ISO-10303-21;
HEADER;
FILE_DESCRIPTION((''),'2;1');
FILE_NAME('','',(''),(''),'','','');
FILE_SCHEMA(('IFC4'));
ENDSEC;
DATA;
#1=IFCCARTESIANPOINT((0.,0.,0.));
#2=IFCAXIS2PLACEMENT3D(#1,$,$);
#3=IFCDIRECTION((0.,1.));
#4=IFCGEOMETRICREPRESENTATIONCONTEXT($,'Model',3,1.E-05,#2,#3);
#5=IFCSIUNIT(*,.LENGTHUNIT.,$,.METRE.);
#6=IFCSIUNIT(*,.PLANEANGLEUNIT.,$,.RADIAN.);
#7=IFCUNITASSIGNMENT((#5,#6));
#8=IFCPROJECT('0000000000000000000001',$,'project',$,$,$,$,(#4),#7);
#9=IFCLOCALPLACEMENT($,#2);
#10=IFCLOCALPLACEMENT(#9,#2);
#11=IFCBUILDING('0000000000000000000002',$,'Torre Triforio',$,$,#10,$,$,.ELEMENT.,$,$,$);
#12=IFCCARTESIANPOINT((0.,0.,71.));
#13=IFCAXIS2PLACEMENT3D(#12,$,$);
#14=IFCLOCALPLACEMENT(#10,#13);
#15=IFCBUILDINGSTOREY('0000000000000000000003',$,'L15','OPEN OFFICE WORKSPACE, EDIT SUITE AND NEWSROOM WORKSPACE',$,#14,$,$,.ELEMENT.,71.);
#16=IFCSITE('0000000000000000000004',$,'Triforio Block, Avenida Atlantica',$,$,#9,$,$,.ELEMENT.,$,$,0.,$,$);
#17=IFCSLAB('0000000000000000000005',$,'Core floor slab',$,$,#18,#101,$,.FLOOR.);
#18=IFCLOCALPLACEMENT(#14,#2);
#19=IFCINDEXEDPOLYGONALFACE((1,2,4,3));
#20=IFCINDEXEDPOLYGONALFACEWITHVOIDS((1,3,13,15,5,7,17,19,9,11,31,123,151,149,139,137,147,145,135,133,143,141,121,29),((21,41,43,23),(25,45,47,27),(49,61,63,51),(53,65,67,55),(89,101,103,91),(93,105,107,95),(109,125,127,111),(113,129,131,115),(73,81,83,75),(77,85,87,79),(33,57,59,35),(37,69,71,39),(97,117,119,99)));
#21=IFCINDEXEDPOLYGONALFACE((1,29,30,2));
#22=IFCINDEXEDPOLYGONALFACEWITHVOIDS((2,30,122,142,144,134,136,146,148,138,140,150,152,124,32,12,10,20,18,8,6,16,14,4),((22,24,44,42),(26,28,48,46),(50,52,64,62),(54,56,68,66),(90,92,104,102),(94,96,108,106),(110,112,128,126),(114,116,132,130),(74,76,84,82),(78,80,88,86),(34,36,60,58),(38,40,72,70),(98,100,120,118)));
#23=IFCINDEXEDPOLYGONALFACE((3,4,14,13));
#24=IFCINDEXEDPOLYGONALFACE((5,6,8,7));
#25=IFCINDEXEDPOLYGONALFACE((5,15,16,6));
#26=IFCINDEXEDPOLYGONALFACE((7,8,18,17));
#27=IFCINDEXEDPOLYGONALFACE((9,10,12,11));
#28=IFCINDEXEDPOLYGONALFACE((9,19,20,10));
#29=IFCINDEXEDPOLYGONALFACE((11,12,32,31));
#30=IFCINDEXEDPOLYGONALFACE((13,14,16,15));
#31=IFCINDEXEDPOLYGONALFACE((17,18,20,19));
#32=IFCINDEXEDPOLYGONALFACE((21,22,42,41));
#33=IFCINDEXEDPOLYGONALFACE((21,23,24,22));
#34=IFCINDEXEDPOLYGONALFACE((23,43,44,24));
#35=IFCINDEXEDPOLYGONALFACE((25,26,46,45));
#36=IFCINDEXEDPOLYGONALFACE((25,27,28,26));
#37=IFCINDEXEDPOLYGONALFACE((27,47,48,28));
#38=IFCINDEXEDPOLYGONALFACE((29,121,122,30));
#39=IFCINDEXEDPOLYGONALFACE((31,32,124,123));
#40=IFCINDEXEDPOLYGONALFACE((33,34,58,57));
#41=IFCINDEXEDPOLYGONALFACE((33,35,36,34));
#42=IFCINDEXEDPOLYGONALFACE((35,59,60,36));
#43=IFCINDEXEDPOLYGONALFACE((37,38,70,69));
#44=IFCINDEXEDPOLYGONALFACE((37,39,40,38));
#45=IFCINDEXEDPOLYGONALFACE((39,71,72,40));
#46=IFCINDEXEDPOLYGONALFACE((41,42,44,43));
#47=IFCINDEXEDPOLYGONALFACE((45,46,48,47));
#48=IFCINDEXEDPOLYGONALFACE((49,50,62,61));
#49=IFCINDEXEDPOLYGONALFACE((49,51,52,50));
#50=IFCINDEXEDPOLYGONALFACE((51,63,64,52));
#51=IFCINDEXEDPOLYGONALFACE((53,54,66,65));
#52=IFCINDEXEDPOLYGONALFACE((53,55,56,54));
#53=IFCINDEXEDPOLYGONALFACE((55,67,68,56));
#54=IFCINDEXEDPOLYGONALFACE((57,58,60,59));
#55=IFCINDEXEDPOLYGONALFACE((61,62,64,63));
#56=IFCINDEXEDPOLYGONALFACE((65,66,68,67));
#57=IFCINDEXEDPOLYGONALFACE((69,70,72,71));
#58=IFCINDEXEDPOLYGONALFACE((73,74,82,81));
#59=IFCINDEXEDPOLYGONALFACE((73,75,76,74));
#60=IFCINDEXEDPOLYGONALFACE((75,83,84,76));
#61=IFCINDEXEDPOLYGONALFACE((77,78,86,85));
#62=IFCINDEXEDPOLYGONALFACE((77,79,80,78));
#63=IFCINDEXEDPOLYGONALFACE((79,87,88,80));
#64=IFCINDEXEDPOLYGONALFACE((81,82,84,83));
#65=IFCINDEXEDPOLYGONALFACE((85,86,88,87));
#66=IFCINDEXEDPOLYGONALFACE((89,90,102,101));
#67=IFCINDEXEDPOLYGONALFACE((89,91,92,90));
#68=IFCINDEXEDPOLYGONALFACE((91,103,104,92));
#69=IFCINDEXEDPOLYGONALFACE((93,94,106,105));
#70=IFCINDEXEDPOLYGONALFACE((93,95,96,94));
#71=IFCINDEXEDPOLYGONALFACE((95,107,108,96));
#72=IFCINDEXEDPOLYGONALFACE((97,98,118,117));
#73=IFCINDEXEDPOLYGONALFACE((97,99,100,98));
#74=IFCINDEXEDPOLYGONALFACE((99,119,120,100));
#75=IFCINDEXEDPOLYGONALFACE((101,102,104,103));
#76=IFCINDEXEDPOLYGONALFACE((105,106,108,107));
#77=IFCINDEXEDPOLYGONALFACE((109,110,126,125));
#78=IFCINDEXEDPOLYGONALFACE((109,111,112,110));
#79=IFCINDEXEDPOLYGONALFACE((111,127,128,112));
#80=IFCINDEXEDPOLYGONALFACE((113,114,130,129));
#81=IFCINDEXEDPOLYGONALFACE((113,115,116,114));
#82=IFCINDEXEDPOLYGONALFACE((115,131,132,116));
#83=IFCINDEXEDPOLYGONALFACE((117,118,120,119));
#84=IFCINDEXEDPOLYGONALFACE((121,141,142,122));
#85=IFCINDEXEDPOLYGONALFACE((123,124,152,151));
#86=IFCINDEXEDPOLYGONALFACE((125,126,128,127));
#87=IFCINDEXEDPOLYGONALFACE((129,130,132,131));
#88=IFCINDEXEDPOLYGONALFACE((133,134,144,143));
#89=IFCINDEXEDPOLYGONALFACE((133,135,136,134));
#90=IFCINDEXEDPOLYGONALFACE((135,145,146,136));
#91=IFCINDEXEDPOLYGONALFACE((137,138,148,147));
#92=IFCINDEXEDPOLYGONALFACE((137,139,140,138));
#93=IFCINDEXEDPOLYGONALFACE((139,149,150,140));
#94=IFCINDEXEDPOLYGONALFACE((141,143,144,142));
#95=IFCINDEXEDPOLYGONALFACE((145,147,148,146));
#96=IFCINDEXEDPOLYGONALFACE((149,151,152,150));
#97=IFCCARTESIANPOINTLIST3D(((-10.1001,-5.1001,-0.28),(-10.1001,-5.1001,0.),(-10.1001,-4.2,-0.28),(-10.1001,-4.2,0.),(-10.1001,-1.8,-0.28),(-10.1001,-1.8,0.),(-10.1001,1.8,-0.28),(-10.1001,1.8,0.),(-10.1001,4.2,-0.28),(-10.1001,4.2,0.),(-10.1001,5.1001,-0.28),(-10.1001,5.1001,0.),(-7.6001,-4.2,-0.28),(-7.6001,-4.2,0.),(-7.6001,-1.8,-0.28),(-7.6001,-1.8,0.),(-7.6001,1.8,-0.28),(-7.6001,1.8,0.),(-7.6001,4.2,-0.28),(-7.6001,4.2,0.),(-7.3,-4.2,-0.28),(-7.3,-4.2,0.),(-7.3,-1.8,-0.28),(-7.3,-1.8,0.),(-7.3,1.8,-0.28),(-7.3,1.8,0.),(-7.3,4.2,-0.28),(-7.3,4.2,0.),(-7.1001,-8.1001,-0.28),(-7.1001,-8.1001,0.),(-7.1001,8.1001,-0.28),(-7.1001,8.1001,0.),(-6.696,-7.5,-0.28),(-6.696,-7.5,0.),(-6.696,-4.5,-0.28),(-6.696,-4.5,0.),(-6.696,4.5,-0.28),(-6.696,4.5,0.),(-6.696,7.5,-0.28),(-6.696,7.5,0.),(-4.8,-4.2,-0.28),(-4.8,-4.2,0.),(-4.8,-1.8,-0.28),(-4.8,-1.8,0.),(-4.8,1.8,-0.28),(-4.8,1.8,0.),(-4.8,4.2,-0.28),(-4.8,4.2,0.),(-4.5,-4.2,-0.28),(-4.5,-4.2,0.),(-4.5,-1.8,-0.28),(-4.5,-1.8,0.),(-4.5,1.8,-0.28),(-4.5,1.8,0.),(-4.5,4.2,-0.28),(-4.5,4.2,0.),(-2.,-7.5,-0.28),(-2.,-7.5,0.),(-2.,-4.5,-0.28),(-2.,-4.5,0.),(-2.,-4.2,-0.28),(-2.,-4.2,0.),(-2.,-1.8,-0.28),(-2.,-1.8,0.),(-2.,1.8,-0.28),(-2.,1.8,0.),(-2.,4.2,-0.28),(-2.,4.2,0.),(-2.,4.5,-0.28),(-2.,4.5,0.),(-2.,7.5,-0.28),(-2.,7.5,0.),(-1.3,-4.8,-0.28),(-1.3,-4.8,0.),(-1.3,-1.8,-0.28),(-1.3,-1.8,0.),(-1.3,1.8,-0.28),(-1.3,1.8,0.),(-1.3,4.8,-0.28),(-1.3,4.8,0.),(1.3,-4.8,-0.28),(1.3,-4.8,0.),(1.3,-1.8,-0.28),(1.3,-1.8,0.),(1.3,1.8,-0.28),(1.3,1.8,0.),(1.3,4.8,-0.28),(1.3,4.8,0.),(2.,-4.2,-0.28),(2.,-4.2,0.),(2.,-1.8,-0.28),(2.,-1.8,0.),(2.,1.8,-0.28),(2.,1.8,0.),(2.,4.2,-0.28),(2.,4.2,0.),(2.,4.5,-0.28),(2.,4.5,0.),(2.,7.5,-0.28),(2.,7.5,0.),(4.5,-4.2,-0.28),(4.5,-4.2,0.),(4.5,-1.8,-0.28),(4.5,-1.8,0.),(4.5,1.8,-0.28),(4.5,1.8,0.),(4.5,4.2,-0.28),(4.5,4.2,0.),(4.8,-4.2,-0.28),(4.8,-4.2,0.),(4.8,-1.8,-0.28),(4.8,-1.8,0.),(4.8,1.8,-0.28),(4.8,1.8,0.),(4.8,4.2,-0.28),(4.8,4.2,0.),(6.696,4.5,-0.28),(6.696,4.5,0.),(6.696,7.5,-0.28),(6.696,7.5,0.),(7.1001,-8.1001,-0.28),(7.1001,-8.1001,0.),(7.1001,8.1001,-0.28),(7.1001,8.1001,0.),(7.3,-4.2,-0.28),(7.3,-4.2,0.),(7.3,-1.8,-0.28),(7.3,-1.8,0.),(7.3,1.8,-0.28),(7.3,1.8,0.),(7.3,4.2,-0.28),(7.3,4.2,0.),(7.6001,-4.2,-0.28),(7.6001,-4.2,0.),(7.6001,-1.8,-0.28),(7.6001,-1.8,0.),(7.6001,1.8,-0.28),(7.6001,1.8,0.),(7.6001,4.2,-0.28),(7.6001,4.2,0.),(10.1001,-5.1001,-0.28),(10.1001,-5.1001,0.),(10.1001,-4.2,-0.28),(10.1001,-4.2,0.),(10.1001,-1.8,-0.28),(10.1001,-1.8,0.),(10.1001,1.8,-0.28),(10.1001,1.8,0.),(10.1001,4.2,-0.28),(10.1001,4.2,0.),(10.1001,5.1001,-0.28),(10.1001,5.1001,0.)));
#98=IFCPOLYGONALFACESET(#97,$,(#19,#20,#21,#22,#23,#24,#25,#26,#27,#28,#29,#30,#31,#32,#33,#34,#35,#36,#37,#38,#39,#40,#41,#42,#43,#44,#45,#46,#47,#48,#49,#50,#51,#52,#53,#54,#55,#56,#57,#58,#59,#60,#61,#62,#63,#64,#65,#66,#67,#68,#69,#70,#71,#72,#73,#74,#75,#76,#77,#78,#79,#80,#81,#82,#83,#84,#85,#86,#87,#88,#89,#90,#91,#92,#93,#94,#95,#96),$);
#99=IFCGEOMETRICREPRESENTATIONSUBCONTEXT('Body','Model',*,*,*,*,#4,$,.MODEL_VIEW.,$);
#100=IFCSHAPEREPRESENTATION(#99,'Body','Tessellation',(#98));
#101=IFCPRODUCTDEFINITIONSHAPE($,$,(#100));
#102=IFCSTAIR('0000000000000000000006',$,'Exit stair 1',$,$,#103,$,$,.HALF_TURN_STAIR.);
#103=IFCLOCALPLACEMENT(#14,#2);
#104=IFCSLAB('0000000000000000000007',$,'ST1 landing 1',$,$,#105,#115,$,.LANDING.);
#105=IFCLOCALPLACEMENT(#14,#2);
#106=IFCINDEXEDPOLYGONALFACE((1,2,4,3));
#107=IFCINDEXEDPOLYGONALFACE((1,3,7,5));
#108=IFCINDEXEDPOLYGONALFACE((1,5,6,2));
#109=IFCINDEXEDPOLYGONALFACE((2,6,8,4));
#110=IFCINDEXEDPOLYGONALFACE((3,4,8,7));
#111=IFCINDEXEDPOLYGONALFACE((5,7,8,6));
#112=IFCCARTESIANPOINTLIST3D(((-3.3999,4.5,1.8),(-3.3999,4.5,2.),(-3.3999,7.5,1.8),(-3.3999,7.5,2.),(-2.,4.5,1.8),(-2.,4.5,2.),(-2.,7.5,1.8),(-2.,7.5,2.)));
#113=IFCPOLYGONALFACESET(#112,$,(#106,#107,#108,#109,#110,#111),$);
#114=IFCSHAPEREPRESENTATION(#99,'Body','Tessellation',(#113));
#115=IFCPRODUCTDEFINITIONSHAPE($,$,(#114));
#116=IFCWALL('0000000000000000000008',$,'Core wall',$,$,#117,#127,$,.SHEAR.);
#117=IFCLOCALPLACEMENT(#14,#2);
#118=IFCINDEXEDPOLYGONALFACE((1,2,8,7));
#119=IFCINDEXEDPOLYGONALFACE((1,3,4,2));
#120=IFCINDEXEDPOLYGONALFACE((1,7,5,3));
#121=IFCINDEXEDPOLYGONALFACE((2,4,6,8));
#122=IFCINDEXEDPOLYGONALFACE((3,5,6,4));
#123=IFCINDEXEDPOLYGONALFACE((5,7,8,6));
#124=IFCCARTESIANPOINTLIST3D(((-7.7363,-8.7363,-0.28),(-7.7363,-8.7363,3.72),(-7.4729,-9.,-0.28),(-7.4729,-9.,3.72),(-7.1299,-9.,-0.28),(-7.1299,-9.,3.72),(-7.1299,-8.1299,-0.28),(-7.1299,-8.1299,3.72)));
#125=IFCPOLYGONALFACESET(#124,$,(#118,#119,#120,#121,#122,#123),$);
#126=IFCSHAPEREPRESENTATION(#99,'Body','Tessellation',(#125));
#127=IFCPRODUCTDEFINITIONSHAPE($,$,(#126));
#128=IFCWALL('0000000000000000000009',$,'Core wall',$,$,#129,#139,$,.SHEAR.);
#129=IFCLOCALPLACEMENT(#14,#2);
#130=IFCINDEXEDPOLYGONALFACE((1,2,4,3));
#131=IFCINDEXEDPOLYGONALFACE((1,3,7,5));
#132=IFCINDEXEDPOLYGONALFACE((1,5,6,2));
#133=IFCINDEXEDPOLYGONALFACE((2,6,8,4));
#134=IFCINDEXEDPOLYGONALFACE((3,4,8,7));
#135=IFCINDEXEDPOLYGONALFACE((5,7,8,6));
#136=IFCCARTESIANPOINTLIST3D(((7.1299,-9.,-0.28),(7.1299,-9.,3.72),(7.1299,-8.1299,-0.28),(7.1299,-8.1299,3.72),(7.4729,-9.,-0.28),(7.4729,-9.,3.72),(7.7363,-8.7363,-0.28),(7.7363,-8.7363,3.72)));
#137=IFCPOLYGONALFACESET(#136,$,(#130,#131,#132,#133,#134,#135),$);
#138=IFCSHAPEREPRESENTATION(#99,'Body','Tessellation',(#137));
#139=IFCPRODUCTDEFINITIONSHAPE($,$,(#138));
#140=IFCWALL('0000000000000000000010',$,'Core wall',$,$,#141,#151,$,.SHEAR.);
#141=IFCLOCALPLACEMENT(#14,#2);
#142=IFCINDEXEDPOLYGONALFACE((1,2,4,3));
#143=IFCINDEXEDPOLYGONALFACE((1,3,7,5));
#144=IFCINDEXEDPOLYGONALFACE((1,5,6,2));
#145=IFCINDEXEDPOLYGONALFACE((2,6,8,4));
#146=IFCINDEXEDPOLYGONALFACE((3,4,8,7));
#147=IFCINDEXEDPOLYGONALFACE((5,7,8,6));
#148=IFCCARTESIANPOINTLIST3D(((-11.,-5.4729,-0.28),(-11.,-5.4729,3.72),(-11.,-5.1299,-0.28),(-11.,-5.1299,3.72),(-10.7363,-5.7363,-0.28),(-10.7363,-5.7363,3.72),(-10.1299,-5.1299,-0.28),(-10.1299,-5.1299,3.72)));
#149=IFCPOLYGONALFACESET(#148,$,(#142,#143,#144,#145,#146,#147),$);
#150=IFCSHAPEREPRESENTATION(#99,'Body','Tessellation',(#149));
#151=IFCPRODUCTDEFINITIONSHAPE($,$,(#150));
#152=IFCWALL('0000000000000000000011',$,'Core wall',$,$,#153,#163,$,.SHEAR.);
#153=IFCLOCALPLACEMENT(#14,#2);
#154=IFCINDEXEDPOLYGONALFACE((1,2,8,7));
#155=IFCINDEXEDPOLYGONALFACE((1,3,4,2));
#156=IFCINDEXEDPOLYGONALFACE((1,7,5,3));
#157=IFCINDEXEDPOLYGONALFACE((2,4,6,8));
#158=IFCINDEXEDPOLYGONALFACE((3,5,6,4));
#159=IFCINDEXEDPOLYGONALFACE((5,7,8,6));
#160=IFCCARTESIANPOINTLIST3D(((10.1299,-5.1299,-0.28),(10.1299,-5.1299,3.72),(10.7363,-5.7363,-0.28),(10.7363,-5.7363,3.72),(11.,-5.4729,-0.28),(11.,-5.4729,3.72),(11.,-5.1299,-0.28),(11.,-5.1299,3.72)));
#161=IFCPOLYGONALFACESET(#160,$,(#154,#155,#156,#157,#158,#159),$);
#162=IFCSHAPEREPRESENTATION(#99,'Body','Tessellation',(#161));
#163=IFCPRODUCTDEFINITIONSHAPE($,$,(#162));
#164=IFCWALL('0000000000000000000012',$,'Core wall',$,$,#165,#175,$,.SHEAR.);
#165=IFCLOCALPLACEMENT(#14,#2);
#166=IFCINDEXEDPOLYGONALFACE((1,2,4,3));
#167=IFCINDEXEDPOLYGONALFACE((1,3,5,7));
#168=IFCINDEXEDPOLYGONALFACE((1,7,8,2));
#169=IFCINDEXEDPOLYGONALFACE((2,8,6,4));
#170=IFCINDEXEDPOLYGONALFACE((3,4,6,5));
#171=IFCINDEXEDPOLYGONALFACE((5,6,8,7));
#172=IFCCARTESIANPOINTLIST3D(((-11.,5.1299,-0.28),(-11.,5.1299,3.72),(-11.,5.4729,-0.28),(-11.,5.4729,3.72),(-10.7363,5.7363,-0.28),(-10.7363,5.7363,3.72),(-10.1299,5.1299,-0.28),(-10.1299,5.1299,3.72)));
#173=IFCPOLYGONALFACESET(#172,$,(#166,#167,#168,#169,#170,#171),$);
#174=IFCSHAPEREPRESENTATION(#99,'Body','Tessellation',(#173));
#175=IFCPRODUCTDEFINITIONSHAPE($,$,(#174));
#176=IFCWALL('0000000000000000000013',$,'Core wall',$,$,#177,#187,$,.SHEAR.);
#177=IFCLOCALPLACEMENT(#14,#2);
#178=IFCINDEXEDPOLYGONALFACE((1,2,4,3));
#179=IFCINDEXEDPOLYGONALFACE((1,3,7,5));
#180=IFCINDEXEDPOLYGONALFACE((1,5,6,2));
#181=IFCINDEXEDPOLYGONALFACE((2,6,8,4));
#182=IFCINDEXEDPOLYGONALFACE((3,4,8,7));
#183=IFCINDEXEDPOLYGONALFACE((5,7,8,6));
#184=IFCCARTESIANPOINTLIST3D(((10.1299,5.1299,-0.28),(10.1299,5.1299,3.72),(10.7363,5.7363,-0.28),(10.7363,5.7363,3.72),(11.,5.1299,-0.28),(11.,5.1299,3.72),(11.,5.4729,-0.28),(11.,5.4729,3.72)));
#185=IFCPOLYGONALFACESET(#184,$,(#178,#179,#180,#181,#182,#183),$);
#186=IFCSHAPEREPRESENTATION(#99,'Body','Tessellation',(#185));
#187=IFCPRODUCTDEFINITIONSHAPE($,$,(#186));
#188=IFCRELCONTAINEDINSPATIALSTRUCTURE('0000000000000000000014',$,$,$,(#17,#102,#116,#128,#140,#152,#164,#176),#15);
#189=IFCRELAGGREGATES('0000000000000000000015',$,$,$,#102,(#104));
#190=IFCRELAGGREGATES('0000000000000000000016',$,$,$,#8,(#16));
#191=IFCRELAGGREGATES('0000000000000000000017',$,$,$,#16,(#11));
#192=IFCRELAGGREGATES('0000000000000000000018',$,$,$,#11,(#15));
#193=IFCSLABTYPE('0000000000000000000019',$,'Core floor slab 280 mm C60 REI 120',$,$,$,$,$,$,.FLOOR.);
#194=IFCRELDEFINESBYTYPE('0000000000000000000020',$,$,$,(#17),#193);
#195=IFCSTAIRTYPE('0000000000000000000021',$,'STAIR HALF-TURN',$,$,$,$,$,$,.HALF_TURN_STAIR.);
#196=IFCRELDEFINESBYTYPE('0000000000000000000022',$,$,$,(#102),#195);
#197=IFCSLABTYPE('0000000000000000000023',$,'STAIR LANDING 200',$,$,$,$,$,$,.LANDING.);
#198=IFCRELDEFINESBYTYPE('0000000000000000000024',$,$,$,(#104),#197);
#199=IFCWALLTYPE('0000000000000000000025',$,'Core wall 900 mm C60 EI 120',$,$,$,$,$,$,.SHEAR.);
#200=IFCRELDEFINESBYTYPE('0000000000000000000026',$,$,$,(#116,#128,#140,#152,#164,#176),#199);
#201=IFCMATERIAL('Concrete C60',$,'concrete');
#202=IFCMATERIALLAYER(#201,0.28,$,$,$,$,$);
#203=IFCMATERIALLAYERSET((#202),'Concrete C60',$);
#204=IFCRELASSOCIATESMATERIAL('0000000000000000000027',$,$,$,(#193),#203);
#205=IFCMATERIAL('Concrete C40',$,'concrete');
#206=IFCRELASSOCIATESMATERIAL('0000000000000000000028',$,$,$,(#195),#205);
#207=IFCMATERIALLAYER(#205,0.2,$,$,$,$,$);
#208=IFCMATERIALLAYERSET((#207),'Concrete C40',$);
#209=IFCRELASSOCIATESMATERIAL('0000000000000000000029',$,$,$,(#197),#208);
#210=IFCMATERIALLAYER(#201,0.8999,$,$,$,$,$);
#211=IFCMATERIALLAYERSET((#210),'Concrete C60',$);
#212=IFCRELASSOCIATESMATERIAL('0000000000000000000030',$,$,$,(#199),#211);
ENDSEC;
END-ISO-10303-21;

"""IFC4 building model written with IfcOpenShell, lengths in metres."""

from ifc_helpers import new_model, si_unit, direction, frame, origin, place, context, subcontext, project, spatial, polyline, outline, extrude, material, layer, layer_set, type_object, element, aggregate, save


model = new_model("IFC4")

# Units and contexts
model_context = context("Model", 3, precision=1e-05, world=origin(), true_north=direction((0.0, 1.0)))
body_context = subcontext(model_context, "Body", "Model", "MODEL_VIEW")
ifc_project = project(units=[si_unit("LENGTHUNIT", "METRE"), si_unit("PLANEANGLEUNIT", "RADIAN")], contexts=[model_context])

# Site, building, storey
site_placement = place(None, origin())
site = spatial("IfcSite", under=ifc_project, at=site_placement, Name="Triforio Block, Avenida Atlantica", CompositionType="ELEMENT", RefElevation=0.0)
building_placement = place(site_placement, origin())
building = spatial("IfcBuilding", under=site, at=building_placement, Name="Torre Triforio", CompositionType="ELEMENT")
storey_placement = place(building_placement, frame((0.0, 0.0, 71.0)))
storey = spatial("IfcBuildingStorey", under=building, at=storey_placement, Name="L15", Description="OPEN OFFICE WORKSPACE, EDIT SUITE AND NEWSROOM WORKSPACE", CompositionType="ELEMENT", Elevation=71.0)

# Slab
ifc_material_1 = material(Name="Concrete C60", Category="concrete")
ifc_layer_1 = layer(ifc_material_1, 0.28)
ifc_layer_set_1 = layer_set([ifc_layer_1], Name="Concrete C60")
slab_type_1 = type_object("IfcSlabType", Name="Core floor slab 280 mm C60 REI 120", PredefinedType="FLOOR", material=ifc_layer_set_1)
slab_1_placement = place(storey_placement, frame((0.0, 0.0, -0.28)))
element("IfcSlab", 1, at=slab_1_placement, inside=storey, type_object=slab_type_1, Name="Core floor slab", PredefinedType="FLOOR", context=body_context, shape_type="SweptSolid", body=[
    extrude(outline(polyline([(10.1001, -5.1001), (7.1001, -8.1001), (-7.1001, -8.1001), (-10.1001, -5.1001), (-10.1001, -4.2), (-7.6001, -4.2), (-7.6001, -1.8), (-10.1001, -1.8), (-10.1001, 1.8), (-7.6001, 1.8), (-7.6001, 4.2), (-10.1001, 4.2), (-10.1001, 5.1001), (-7.1001, 8.1001), (7.1001, 8.1001), (10.1001, 5.1001), (10.1001, 4.2), (7.6001, 4.2), (7.6001, 1.8), (10.1001, 1.8), (10.1001, -1.8), (7.6001, -1.8), (7.6001, -4.2), (10.1001, -4.2), (10.1001, -5.1001)]), holes=[polyline([(-2.0, -4.5), (-6.696, -4.5), (-6.696, -7.5), (-2.0, -7.5), (-2.0, -4.5)]), polyline([(-4.8, -1.8), (-7.3, -1.8), (-7.3, -4.2), (-4.8, -4.2), (-4.8, -1.8)]), polyline([(-2.0, -1.8), (-4.5, -1.8), (-4.5, -4.2), (-2.0, -4.2), (-2.0, -1.8)]), polyline([(-4.8, 4.2), (-7.3, 4.2), (-7.3, 1.8), (-4.8, 1.8), (-4.8, 4.2)]), polyline([(-2.0, 4.2), (-4.5, 4.2), (-4.5, 1.8), (-2.0, 1.8), (-2.0, 4.2)]), polyline([(1.3, 4.8), (-1.3, 4.8), (-1.3, 1.8), (1.3, 1.8), (1.3, 4.8)]), polyline([(-2.0, 7.5), (-6.696, 7.5), (-6.696, 4.5), (-2.0, 4.5), (-2.0, 7.5)]), polyline([(1.3, -1.8), (-1.3, -1.8), (-1.3, -4.8), (1.3, -4.8), (1.3, -1.8)]), polyline([(4.5, -1.8), (2.0, -1.8), (2.0, -4.2), (4.5, -4.2), (4.5, -1.8)]), polyline([(7.3, -1.8), (4.8, -1.8), (4.8, -4.2), (7.3, -4.2), (7.3, -1.8)]), polyline([(4.5, 4.2), (2.0, 4.2), (2.0, 1.8), (4.5, 1.8), (4.5, 4.2)]), polyline([(7.3, 4.2), (4.8, 4.2), (4.8, 1.8), (7.3, 1.8), (7.3, 4.2)]), polyline([(6.696, 4.5), (6.696, 7.5), (2.0, 7.5), (2.0, 4.5), (6.696, 4.5)])]), origin(), (0.0, 0.0, 1.0), 0.28),
])

# Stair, slab
ifc_material_2 = material(Name="Concrete C40", Category="concrete")
stair_type = type_object("IfcStairType", Name="STAIR HALF-TURN", PredefinedType="HALF_TURN_STAIR", material=ifc_material_2)
stair_placement = place(storey_placement, origin())
stair = element("IfcStair", 2, at=stair_placement, inside=storey, type_object=stair_type, Name="Exit stair 1", PredefinedType="HALF_TURN_STAIR")
ifc_layer_2 = layer(ifc_material_2, 0.2)
ifc_layer_set_2 = layer_set([ifc_layer_2], Name="Concrete C40")
slab_type_2 = type_object("IfcSlabType", Name="STAIR LANDING 200", PredefinedType="LANDING", material=ifc_layer_set_2)
slab_2_placement = place(storey_placement, frame((0.0, 0.0, 1.8)))
slab_2 = element("IfcSlab", 3, at=slab_2_placement, type_object=slab_type_2, Name="ST1 landing 1", PredefinedType="LANDING", context=body_context, shape_type="SweptSolid", body=[
    extrude(outline(polyline([(-2.0, 4.5), (-2.0, 7.5), (-3.3999, 7.5), (-3.3999, 4.5), (-2.0, 4.5)])), origin(), (0.0, 0.0, 1.0), 0.2),
])
aggregate(stair, [slab_2])

# Walls
ifc_layer_3 = layer(ifc_material_1, 0.8999)
ifc_layer_set_3 = layer_set([ifc_layer_3], Name="Concrete C60")
wall_type_1 = type_object("IfcWallType", Name="Core wall 900 mm C60 EI 120", PredefinedType="SHEAR", material=ifc_layer_set_3)
wall_1_placement = place(storey_placement, frame((0.0, 0.0, -0.28)))
element("IfcWall", 4, at=wall_1_placement, inside=storey, type_object=wall_type_1, Name="Core wall", PredefinedType="SHEAR", context=body_context, shape_type="SweptSolid", body=[
    extrude(outline(polyline([(-7.4729, -9.0), (-7.7363, -8.7363), (-7.1299, -8.1299), (-7.1299, -9.0), (-7.4729, -9.0)])), origin(), (0.0, 0.0, 1.0), 4.0),
])
wall_2_placement = place(storey_placement, frame((0.0, 0.0, -0.28)))
element("IfcWall", 5, at=wall_2_placement, inside=storey, type_object=wall_type_1, Name="Core wall", PredefinedType="SHEAR", context=body_context, shape_type="SweptSolid", body=[
    extrude(outline(polyline([(7.4729, -9.0), (7.1299, -9.0), (7.1299, -8.1299), (7.7363, -8.7363), (7.4729, -9.0)])), origin(), (0.0, 0.0, 1.0), 4.0),
])
wall_3_placement = place(storey_placement, frame((0.0, 0.0, -0.28)))
element("IfcWall", 6, at=wall_3_placement, inside=storey, type_object=wall_type_1, Name="Core wall", PredefinedType="SHEAR", context=body_context, shape_type="SweptSolid", body=[
    extrude(outline(polyline([(-11.0, -5.4729), (-11.0, -5.1299), (-10.1299, -5.1299), (-10.7363, -5.7363), (-11.0, -5.4729)])), origin(), (0.0, 0.0, 1.0), 4.0),
])
wall_4_placement = place(storey_placement, frame((0.0, 0.0, -0.28)))
element("IfcWall", 7, at=wall_4_placement, inside=storey, type_object=wall_type_1, Name="Core wall", PredefinedType="SHEAR", context=body_context, shape_type="SweptSolid", body=[
    extrude(outline(polyline([(11.0, -5.4729), (10.7363, -5.7363), (10.1299, -5.1299), (11.0, -5.1299), (11.0, -5.4729)])), origin(), (0.0, 0.0, 1.0), 4.0),
])
wall_5_placement = place(storey_placement, frame((0.0, 0.0, -0.28)))
element("IfcWall", 8, at=wall_5_placement, inside=storey, type_object=wall_type_1, Name="Core wall", PredefinedType="SHEAR", context=body_context, shape_type="SweptSolid", body=[
    extrude(outline(polyline([(-10.7363, 5.7363), (-10.1299, 5.1299), (-11.0, 5.1299), (-11.0, 5.4729), (-10.7363, 5.7363)])), origin(), (0.0, 0.0, 1.0), 4.0),
])
wall_6_placement = place(storey_placement, frame((0.0, 0.0, -0.28)))
element("IfcWall", 9, at=wall_6_placement, inside=storey, type_object=wall_type_1, Name="Core wall", PredefinedType="SHEAR", context=body_context, shape_type="SweptSolid", body=[
    extrude(outline(polyline([(11.0, 5.4729), (11.0, 5.1299), (10.1299, 5.1299), (10.7363, 5.7363), (11.0, 5.4729)])), origin(), (0.0, 0.0, 1.0), 4.0),
])

save(model, "model.ifc")
